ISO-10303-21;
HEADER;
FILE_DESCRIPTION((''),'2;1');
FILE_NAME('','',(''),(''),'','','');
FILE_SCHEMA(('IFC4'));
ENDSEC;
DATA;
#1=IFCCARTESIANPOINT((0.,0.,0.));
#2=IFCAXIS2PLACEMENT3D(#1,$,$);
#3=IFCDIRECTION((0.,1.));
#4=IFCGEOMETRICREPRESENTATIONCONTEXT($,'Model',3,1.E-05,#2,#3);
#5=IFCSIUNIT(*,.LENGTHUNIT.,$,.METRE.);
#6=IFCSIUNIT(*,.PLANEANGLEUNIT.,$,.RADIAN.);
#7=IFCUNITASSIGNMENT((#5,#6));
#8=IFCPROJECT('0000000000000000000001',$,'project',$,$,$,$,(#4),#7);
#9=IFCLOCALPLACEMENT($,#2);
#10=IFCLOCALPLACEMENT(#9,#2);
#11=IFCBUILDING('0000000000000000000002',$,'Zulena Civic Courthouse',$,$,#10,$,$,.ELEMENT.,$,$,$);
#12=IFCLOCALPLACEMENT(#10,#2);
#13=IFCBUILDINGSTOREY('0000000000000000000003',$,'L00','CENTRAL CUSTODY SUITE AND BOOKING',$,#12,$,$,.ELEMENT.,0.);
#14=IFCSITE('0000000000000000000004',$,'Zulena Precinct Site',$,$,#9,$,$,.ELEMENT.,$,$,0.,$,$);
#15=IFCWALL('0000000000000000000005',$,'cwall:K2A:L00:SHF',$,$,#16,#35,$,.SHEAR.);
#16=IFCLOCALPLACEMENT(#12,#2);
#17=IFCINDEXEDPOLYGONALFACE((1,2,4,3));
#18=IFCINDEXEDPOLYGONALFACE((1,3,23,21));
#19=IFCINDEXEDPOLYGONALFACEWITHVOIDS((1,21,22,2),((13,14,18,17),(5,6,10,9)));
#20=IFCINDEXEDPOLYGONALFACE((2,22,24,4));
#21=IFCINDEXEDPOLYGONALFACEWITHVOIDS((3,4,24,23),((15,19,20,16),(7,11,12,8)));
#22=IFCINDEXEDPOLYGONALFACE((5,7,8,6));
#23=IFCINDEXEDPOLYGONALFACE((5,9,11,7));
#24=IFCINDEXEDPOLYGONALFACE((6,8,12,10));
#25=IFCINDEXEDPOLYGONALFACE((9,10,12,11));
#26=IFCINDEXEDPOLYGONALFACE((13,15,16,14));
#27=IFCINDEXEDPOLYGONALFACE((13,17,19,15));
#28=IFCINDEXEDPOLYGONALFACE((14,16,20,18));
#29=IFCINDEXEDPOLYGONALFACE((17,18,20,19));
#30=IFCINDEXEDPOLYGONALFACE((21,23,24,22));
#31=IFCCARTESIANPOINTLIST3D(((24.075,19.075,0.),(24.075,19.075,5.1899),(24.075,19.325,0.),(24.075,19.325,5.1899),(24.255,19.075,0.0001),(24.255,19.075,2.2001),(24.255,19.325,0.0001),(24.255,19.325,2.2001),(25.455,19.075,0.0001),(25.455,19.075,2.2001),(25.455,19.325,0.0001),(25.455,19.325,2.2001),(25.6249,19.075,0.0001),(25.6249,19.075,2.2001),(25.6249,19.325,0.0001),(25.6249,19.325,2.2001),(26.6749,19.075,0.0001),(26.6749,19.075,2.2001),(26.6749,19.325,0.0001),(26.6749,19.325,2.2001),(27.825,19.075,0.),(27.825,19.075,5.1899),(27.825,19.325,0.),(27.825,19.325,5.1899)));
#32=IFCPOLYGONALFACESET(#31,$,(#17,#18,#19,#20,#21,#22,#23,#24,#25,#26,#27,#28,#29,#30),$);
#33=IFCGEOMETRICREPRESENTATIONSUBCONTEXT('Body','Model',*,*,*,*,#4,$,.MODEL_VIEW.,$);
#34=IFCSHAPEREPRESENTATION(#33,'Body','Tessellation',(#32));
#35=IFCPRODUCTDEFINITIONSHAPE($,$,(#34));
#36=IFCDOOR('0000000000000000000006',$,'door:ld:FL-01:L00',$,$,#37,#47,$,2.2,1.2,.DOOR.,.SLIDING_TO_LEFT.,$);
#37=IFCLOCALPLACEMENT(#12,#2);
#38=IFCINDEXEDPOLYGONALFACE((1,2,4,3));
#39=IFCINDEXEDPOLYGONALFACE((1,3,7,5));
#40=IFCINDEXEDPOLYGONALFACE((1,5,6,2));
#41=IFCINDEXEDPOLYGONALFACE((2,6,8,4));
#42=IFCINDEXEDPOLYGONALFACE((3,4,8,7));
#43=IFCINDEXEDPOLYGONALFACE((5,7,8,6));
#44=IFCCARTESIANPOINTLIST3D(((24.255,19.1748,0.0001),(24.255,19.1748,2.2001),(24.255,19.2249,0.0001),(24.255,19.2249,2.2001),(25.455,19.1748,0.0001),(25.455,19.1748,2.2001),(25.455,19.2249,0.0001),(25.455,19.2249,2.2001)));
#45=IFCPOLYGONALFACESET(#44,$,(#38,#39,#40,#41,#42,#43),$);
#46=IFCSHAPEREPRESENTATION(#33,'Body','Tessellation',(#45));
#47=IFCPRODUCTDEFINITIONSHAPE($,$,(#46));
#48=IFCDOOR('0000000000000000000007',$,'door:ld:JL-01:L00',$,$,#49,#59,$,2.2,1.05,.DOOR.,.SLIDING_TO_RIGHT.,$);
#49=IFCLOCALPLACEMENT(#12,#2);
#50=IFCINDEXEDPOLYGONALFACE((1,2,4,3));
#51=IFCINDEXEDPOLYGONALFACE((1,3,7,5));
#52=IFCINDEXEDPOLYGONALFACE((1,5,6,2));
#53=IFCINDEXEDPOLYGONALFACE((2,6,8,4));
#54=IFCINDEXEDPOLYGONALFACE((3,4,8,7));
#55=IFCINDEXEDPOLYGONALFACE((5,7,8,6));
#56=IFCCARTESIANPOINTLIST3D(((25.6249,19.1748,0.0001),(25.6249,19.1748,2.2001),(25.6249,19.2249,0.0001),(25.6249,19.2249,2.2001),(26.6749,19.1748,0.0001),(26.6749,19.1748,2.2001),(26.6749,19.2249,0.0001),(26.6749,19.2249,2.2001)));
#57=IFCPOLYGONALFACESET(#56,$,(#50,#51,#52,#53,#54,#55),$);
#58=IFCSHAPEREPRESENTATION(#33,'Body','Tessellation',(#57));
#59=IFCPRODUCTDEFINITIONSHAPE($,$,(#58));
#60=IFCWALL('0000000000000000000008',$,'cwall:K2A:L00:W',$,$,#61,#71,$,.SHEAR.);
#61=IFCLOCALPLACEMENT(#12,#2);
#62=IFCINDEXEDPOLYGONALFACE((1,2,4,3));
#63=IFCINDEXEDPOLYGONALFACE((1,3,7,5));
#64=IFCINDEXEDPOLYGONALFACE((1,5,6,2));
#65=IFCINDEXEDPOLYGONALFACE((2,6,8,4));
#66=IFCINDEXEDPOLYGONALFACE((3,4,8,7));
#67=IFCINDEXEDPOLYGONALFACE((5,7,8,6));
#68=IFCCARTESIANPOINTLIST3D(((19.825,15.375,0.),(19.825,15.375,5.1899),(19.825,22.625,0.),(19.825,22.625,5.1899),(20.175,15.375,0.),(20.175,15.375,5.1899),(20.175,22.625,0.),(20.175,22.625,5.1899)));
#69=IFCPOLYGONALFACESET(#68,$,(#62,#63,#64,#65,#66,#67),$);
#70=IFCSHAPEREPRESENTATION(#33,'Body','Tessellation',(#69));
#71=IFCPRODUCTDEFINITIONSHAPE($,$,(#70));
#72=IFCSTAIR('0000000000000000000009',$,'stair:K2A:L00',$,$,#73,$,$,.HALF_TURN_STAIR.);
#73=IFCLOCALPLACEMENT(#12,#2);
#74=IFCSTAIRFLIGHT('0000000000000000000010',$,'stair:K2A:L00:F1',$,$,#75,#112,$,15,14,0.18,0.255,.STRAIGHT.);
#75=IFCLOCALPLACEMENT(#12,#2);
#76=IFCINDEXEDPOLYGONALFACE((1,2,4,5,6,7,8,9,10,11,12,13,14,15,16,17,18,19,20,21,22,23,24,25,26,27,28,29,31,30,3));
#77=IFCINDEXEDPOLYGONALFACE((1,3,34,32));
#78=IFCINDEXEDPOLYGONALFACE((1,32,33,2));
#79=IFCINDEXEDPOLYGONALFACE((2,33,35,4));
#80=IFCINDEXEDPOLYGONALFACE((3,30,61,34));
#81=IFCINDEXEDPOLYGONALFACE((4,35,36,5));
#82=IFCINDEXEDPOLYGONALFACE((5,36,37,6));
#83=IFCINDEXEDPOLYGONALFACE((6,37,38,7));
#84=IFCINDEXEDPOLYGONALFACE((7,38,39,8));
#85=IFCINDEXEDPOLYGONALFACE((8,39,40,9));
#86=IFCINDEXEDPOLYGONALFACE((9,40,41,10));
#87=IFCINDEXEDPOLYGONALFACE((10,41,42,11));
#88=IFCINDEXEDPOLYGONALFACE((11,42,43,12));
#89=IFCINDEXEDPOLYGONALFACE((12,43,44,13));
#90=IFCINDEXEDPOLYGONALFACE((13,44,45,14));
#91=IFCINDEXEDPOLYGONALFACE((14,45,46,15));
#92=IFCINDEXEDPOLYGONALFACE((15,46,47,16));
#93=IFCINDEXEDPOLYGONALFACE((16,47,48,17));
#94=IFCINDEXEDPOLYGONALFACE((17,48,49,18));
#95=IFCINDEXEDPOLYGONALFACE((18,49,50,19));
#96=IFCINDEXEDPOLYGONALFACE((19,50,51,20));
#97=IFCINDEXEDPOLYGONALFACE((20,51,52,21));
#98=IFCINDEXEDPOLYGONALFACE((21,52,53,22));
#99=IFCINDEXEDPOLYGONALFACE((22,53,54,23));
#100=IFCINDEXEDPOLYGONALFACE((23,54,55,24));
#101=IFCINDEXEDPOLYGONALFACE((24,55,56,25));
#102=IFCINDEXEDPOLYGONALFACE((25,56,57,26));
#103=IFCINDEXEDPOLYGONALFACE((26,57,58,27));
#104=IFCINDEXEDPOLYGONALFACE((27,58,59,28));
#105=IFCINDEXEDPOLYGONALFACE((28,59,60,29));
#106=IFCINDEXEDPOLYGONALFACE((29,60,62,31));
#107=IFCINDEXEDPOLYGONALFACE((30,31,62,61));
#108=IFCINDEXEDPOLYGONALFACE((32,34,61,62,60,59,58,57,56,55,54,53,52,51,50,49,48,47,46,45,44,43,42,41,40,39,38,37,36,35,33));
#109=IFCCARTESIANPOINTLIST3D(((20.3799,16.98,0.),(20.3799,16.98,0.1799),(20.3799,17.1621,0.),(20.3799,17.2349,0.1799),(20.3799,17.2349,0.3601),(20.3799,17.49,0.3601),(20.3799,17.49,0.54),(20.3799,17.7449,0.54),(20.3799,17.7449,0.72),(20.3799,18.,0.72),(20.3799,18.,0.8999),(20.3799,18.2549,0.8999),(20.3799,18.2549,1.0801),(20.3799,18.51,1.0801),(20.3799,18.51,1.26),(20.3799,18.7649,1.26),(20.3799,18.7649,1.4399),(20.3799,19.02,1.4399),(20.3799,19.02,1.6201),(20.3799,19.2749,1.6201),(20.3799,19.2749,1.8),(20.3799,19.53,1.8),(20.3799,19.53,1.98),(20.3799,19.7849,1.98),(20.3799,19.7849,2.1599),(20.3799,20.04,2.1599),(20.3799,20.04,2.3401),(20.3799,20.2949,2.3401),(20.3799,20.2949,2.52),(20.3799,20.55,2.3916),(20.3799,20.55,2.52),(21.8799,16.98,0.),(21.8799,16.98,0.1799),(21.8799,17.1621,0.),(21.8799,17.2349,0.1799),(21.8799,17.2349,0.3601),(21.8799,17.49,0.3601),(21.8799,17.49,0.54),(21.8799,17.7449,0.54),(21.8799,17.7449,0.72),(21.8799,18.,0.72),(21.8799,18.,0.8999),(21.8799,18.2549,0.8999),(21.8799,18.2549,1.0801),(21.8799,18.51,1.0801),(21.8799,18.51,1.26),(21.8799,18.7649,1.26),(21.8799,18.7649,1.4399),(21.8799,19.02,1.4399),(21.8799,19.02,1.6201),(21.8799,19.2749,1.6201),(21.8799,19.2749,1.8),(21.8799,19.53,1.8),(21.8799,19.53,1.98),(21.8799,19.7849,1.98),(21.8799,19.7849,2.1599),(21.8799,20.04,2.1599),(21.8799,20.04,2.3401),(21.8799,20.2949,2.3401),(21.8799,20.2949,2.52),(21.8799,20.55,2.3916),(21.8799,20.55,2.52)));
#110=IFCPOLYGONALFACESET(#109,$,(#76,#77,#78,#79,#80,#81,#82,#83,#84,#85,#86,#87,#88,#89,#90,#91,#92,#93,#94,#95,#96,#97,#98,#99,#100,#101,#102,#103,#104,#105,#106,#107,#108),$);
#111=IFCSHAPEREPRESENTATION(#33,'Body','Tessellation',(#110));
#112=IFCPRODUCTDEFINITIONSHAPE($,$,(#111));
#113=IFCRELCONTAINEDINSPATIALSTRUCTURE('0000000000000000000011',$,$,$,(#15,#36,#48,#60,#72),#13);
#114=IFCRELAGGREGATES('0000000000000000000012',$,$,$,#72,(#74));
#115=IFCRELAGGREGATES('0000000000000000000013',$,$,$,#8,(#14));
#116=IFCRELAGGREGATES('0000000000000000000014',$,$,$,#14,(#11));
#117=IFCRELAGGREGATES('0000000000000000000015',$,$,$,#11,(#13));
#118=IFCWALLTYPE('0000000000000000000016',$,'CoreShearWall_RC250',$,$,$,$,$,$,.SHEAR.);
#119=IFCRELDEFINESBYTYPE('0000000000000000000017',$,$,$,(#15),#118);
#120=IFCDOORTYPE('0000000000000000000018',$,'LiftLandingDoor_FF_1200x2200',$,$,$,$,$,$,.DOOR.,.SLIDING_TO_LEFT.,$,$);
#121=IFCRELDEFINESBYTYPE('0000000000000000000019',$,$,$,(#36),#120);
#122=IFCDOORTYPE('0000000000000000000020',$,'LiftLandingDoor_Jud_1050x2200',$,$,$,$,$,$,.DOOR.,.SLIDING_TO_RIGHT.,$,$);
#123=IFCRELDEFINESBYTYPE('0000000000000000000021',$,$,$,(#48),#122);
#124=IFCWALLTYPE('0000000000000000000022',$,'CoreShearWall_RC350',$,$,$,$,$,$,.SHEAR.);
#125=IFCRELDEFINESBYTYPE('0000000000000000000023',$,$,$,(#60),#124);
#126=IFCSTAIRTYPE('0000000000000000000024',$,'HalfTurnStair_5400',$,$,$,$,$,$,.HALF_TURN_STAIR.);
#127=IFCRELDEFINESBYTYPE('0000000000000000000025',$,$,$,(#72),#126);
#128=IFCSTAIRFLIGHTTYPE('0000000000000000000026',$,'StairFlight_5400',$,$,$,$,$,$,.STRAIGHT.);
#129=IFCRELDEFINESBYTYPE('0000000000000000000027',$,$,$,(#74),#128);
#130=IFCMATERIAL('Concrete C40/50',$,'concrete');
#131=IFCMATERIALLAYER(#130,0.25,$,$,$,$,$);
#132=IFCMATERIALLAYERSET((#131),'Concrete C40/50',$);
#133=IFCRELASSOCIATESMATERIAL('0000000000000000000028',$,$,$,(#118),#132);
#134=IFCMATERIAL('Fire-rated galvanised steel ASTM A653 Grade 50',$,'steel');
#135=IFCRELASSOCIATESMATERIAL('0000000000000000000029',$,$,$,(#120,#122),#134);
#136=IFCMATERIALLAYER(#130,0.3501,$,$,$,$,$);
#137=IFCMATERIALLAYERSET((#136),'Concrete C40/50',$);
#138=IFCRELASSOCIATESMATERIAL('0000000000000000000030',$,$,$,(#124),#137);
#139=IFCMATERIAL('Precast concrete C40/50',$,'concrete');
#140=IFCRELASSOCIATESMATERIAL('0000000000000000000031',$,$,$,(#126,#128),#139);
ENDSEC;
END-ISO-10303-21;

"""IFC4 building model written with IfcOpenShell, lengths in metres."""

from ifc_helpers import new_model, si_unit, direction, frame, frame_2d, origin, place, context, subcontext, project, spatial, polyline, rectangle, outline, extrude, material, layer, layer_set, type_object, element, fill, aggregate, save


model = new_model("IFC4")

# Units and contexts
model_context = context("Model", 3, precision=1e-05, world=origin(), true_north=direction((0.0, 1.0)))
body_context = subcontext(model_context, "Body", "Model", "MODEL_VIEW")
ifc_project = project(units=[si_unit("LENGTHUNIT", "METRE"), si_unit("PLANEANGLEUNIT", "RADIAN")], contexts=[model_context])

# Site, building, storey
site_placement = place(None, origin())
site = spatial("IfcSite", under=ifc_project, at=site_placement, Name="Zulena Precinct Site", CompositionType="ELEMENT", RefElevation=0.0)
building_placement = place(site_placement, origin())
building = spatial("IfcBuilding", under=site, at=building_placement, Name="Zulena Civic Courthouse", CompositionType="ELEMENT")
storey_placement = place(building_placement, origin())
storey = spatial("IfcBuildingStorey", under=building, at=storey_placement, Name="L00", Description="CENTRAL CUSTODY SUITE AND BOOKING", CompositionType="ELEMENT", Elevation=0.0)

# Shared definitions
ifc_material_1 = material(Name="Concrete C40/50", Category="concrete")

# Shared definitions
ifc_layer_1 = layer(ifc_material_1, 0.25)
ifc_layer_set_1 = layer_set([ifc_layer_1], Name="Concrete C40/50")
wall_type_1 = type_object("IfcWallType", Name="CoreShearWall_RC250", PredefinedType="SHEAR", material=ifc_layer_set_1)
ifc_material_2 = material(Name="Fire-rated galvanised steel ASTM A653 Grade 50", Category="steel")

# Wall, openings, doors
wall_1_placement = place(storey_placement, frame((24.075, 19.2, 0.0), z_axis=(0.0, 0.0, 1.0), x_axis=(1.0, 0.0, 0.0)))
wall_1 = element("IfcWall", 1, at=wall_1_placement, inside=storey, type_object=wall_type_1, Name="cwall:K2A:L00:SHF", PredefinedType="SHEAR", context=body_context, shape_type="SweptSolid", body=[
    extrude(rectangle(XDim=3.75, YDim=0.25, at=frame_2d((1.875, 0.0))), origin(), (0.0, 0.0, 1.0), 5.1899),
])
opening_1_placement = place(wall_1_placement, frame((0.1799, 0.0, 0.0)))
opening_1 = element("IfcOpeningElement", 2, at=opening_1_placement, cuts=wall_1, PredefinedType="OPENING", context=body_context, shape_type="SweptSolid", body=[
    extrude(rectangle(XDim=1.2, YDim=2.2, at=frame_2d((0.6001, 1.1001))), frame((0.0, 0.135, 0.0), z_axis=(0.0, -1.0, 0.0), x_axis=(1.0, 0.0, 0.0)), (0.0, 0.0, 1.0), 0.27),
])
opening_2_placement = place(wall_1_placement, frame((1.55, 0.0, 0.0)))
opening_2 = element("IfcOpeningElement", 3, at=opening_2_placement, cuts=wall_1, PredefinedType="OPENING", context=body_context, shape_type="SweptSolid", body=[
    extrude(rectangle(XDim=1.05, YDim=2.2, at=frame_2d((0.5249, 1.1001))), frame((0.0, 0.135, 0.0), z_axis=(0.0, -1.0, 0.0), x_axis=(1.0, 0.0, 0.0)), (0.0, 0.0, 1.0), 0.27),
])
door_type_1 = type_object("IfcDoorType", Name="LiftLandingDoor_FF_1200x2200", OperationType="SLIDING_TO_LEFT", PredefinedType="DOOR", material=ifc_material_2)
door_1_placement = place(opening_1_placement, origin())
door_1 = element("IfcDoor", 4, at=door_1_placement, inside=storey, type_object=door_type_1, Name="door:ld:FL-01:L00", OperationType="SLIDING_TO_LEFT", OverallHeight=2.2, OverallWidth=1.2, PredefinedType="DOOR", context=body_context, shape_type="SweptSolid", body=[
    extrude(rectangle(XDim=1.2, YDim=2.2, at=frame_2d((0.6001, 1.1001))), frame((0.0, 0.0249, 0.0), z_axis=(0.0, -1.0, 0.0), x_axis=(1.0, 0.0, 0.0)), (0.0, 0.0, 1.0), 0.05),
])
fill(opening_1, door_1)
door_type_2 = type_object("IfcDoorType", Name="LiftLandingDoor_Jud_1050x2200", OperationType="SLIDING_TO_RIGHT", PredefinedType="DOOR", material=ifc_material_2)
door_2_placement = place(opening_2_placement, origin())
door_2 = element("IfcDoor", 5, at=door_2_placement, inside=storey, type_object=door_type_2, Name="door:ld:JL-01:L00", OperationType="SLIDING_TO_RIGHT", OverallHeight=2.2, OverallWidth=1.05, PredefinedType="DOOR", context=body_context, shape_type="SweptSolid", body=[
    extrude(rectangle(XDim=1.05, YDim=2.2, at=frame_2d((0.5249, 1.1001))), frame((0.0, 0.0249, 0.0), z_axis=(0.0, -1.0, 0.0), x_axis=(1.0, 0.0, 0.0)), (0.0, 0.0, 1.0), 0.05),
])
fill(opening_2, door_2)

# Wall
ifc_layer_2 = layer(ifc_material_1, 0.3501)
ifc_layer_set_2 = layer_set([ifc_layer_2], Name="Concrete C40/50")
wall_type_2 = type_object("IfcWallType", Name="CoreShearWall_RC350", PredefinedType="SHEAR", material=ifc_layer_set_2)
wall_2_placement = place(storey_placement, frame((20.0, 15.375, 0.0), z_axis=(0.0, 0.0, 1.0), x_axis=(0.0, 1.0, 0.0)))
element("IfcWall", 6, at=wall_2_placement, inside=storey, type_object=wall_type_2, Name="cwall:K2A:L00:W", PredefinedType="SHEAR", context=body_context, shape_type="SweptSolid", body=[
    extrude(rectangle(XDim=7.25, YDim=0.3501, at=frame_2d((3.625, 0.0))), origin(), (0.0, 0.0, 1.0), 5.1899),
])

# Stair, stair flight
ifc_material_3 = material(Name="Precast concrete C40/50", Category="concrete")
stair_type = type_object("IfcStairType", Name="HalfTurnStair_5400", PredefinedType="HALF_TURN_STAIR", material=ifc_material_3)
stair_placement = place(storey_placement, origin())
stair = element("IfcStair", 7, at=stair_placement, inside=storey, type_object=stair_type, Name="stair:K2A:L00", PredefinedType="HALF_TURN_STAIR")
stair_flight_type = type_object("IfcStairFlightType", Name="StairFlight_5400", PredefinedType="STRAIGHT", material=ifc_material_3)
stair_flight_placement = place(storey_placement, frame((21.1299, 16.98, 0.0), z_axis=(0.0, 0.0, 1.0), x_axis=(0.0, 1.0, 0.0)))
stair_flight = element("IfcStairFlight", 8, at=stair_flight_placement, type_object=stair_flight_type, Name="stair:K2A:L00:F1", NumberOfRisers=15, NumberOfTreads=14, PredefinedType="STRAIGHT", RiserHeight=0.18, TreadLength=0.255, context=body_context, shape_type="SweptSolid", body=[
    extrude(outline(polyline([(0.0, 0.0), (0.0, 0.1799), (0.2549, 0.1799), (0.2549, 0.3601), (0.51, 0.3601), (0.51, 0.54), (0.7649, 0.54), (0.7649, 0.72), (1.02, 0.72), (1.02, 0.8999), (1.2749, 0.8999), (1.2749, 1.0801), (1.53, 1.0801), (1.53, 1.26), (1.7849, 1.26), (1.7849, 1.4399), (2.04, 1.4399), (2.04, 1.6201), (2.2949, 1.6201), (2.2949, 1.8), (2.55, 1.8), (2.55, 1.98), (2.8049, 1.98), (2.8049, 2.1599), (3.0601, 2.1599), (3.0601, 2.3401), (3.3149, 2.3401), (3.3149, 2.52), (3.5701, 2.52), (3.5701, 2.7), (3.5701, 2.3916), (0.1821, 0.0), (0.0, 0.0)])), frame((0.0, 0.75, 0.0), z_axis=(0.0, -1.0, 0.0), x_axis=(1.0, 0.0, 0.0)), (0.0, 0.0, 1.0), 1.5),
])
aggregate(stair, [stair_flight])

save(model, "model.ifc")
